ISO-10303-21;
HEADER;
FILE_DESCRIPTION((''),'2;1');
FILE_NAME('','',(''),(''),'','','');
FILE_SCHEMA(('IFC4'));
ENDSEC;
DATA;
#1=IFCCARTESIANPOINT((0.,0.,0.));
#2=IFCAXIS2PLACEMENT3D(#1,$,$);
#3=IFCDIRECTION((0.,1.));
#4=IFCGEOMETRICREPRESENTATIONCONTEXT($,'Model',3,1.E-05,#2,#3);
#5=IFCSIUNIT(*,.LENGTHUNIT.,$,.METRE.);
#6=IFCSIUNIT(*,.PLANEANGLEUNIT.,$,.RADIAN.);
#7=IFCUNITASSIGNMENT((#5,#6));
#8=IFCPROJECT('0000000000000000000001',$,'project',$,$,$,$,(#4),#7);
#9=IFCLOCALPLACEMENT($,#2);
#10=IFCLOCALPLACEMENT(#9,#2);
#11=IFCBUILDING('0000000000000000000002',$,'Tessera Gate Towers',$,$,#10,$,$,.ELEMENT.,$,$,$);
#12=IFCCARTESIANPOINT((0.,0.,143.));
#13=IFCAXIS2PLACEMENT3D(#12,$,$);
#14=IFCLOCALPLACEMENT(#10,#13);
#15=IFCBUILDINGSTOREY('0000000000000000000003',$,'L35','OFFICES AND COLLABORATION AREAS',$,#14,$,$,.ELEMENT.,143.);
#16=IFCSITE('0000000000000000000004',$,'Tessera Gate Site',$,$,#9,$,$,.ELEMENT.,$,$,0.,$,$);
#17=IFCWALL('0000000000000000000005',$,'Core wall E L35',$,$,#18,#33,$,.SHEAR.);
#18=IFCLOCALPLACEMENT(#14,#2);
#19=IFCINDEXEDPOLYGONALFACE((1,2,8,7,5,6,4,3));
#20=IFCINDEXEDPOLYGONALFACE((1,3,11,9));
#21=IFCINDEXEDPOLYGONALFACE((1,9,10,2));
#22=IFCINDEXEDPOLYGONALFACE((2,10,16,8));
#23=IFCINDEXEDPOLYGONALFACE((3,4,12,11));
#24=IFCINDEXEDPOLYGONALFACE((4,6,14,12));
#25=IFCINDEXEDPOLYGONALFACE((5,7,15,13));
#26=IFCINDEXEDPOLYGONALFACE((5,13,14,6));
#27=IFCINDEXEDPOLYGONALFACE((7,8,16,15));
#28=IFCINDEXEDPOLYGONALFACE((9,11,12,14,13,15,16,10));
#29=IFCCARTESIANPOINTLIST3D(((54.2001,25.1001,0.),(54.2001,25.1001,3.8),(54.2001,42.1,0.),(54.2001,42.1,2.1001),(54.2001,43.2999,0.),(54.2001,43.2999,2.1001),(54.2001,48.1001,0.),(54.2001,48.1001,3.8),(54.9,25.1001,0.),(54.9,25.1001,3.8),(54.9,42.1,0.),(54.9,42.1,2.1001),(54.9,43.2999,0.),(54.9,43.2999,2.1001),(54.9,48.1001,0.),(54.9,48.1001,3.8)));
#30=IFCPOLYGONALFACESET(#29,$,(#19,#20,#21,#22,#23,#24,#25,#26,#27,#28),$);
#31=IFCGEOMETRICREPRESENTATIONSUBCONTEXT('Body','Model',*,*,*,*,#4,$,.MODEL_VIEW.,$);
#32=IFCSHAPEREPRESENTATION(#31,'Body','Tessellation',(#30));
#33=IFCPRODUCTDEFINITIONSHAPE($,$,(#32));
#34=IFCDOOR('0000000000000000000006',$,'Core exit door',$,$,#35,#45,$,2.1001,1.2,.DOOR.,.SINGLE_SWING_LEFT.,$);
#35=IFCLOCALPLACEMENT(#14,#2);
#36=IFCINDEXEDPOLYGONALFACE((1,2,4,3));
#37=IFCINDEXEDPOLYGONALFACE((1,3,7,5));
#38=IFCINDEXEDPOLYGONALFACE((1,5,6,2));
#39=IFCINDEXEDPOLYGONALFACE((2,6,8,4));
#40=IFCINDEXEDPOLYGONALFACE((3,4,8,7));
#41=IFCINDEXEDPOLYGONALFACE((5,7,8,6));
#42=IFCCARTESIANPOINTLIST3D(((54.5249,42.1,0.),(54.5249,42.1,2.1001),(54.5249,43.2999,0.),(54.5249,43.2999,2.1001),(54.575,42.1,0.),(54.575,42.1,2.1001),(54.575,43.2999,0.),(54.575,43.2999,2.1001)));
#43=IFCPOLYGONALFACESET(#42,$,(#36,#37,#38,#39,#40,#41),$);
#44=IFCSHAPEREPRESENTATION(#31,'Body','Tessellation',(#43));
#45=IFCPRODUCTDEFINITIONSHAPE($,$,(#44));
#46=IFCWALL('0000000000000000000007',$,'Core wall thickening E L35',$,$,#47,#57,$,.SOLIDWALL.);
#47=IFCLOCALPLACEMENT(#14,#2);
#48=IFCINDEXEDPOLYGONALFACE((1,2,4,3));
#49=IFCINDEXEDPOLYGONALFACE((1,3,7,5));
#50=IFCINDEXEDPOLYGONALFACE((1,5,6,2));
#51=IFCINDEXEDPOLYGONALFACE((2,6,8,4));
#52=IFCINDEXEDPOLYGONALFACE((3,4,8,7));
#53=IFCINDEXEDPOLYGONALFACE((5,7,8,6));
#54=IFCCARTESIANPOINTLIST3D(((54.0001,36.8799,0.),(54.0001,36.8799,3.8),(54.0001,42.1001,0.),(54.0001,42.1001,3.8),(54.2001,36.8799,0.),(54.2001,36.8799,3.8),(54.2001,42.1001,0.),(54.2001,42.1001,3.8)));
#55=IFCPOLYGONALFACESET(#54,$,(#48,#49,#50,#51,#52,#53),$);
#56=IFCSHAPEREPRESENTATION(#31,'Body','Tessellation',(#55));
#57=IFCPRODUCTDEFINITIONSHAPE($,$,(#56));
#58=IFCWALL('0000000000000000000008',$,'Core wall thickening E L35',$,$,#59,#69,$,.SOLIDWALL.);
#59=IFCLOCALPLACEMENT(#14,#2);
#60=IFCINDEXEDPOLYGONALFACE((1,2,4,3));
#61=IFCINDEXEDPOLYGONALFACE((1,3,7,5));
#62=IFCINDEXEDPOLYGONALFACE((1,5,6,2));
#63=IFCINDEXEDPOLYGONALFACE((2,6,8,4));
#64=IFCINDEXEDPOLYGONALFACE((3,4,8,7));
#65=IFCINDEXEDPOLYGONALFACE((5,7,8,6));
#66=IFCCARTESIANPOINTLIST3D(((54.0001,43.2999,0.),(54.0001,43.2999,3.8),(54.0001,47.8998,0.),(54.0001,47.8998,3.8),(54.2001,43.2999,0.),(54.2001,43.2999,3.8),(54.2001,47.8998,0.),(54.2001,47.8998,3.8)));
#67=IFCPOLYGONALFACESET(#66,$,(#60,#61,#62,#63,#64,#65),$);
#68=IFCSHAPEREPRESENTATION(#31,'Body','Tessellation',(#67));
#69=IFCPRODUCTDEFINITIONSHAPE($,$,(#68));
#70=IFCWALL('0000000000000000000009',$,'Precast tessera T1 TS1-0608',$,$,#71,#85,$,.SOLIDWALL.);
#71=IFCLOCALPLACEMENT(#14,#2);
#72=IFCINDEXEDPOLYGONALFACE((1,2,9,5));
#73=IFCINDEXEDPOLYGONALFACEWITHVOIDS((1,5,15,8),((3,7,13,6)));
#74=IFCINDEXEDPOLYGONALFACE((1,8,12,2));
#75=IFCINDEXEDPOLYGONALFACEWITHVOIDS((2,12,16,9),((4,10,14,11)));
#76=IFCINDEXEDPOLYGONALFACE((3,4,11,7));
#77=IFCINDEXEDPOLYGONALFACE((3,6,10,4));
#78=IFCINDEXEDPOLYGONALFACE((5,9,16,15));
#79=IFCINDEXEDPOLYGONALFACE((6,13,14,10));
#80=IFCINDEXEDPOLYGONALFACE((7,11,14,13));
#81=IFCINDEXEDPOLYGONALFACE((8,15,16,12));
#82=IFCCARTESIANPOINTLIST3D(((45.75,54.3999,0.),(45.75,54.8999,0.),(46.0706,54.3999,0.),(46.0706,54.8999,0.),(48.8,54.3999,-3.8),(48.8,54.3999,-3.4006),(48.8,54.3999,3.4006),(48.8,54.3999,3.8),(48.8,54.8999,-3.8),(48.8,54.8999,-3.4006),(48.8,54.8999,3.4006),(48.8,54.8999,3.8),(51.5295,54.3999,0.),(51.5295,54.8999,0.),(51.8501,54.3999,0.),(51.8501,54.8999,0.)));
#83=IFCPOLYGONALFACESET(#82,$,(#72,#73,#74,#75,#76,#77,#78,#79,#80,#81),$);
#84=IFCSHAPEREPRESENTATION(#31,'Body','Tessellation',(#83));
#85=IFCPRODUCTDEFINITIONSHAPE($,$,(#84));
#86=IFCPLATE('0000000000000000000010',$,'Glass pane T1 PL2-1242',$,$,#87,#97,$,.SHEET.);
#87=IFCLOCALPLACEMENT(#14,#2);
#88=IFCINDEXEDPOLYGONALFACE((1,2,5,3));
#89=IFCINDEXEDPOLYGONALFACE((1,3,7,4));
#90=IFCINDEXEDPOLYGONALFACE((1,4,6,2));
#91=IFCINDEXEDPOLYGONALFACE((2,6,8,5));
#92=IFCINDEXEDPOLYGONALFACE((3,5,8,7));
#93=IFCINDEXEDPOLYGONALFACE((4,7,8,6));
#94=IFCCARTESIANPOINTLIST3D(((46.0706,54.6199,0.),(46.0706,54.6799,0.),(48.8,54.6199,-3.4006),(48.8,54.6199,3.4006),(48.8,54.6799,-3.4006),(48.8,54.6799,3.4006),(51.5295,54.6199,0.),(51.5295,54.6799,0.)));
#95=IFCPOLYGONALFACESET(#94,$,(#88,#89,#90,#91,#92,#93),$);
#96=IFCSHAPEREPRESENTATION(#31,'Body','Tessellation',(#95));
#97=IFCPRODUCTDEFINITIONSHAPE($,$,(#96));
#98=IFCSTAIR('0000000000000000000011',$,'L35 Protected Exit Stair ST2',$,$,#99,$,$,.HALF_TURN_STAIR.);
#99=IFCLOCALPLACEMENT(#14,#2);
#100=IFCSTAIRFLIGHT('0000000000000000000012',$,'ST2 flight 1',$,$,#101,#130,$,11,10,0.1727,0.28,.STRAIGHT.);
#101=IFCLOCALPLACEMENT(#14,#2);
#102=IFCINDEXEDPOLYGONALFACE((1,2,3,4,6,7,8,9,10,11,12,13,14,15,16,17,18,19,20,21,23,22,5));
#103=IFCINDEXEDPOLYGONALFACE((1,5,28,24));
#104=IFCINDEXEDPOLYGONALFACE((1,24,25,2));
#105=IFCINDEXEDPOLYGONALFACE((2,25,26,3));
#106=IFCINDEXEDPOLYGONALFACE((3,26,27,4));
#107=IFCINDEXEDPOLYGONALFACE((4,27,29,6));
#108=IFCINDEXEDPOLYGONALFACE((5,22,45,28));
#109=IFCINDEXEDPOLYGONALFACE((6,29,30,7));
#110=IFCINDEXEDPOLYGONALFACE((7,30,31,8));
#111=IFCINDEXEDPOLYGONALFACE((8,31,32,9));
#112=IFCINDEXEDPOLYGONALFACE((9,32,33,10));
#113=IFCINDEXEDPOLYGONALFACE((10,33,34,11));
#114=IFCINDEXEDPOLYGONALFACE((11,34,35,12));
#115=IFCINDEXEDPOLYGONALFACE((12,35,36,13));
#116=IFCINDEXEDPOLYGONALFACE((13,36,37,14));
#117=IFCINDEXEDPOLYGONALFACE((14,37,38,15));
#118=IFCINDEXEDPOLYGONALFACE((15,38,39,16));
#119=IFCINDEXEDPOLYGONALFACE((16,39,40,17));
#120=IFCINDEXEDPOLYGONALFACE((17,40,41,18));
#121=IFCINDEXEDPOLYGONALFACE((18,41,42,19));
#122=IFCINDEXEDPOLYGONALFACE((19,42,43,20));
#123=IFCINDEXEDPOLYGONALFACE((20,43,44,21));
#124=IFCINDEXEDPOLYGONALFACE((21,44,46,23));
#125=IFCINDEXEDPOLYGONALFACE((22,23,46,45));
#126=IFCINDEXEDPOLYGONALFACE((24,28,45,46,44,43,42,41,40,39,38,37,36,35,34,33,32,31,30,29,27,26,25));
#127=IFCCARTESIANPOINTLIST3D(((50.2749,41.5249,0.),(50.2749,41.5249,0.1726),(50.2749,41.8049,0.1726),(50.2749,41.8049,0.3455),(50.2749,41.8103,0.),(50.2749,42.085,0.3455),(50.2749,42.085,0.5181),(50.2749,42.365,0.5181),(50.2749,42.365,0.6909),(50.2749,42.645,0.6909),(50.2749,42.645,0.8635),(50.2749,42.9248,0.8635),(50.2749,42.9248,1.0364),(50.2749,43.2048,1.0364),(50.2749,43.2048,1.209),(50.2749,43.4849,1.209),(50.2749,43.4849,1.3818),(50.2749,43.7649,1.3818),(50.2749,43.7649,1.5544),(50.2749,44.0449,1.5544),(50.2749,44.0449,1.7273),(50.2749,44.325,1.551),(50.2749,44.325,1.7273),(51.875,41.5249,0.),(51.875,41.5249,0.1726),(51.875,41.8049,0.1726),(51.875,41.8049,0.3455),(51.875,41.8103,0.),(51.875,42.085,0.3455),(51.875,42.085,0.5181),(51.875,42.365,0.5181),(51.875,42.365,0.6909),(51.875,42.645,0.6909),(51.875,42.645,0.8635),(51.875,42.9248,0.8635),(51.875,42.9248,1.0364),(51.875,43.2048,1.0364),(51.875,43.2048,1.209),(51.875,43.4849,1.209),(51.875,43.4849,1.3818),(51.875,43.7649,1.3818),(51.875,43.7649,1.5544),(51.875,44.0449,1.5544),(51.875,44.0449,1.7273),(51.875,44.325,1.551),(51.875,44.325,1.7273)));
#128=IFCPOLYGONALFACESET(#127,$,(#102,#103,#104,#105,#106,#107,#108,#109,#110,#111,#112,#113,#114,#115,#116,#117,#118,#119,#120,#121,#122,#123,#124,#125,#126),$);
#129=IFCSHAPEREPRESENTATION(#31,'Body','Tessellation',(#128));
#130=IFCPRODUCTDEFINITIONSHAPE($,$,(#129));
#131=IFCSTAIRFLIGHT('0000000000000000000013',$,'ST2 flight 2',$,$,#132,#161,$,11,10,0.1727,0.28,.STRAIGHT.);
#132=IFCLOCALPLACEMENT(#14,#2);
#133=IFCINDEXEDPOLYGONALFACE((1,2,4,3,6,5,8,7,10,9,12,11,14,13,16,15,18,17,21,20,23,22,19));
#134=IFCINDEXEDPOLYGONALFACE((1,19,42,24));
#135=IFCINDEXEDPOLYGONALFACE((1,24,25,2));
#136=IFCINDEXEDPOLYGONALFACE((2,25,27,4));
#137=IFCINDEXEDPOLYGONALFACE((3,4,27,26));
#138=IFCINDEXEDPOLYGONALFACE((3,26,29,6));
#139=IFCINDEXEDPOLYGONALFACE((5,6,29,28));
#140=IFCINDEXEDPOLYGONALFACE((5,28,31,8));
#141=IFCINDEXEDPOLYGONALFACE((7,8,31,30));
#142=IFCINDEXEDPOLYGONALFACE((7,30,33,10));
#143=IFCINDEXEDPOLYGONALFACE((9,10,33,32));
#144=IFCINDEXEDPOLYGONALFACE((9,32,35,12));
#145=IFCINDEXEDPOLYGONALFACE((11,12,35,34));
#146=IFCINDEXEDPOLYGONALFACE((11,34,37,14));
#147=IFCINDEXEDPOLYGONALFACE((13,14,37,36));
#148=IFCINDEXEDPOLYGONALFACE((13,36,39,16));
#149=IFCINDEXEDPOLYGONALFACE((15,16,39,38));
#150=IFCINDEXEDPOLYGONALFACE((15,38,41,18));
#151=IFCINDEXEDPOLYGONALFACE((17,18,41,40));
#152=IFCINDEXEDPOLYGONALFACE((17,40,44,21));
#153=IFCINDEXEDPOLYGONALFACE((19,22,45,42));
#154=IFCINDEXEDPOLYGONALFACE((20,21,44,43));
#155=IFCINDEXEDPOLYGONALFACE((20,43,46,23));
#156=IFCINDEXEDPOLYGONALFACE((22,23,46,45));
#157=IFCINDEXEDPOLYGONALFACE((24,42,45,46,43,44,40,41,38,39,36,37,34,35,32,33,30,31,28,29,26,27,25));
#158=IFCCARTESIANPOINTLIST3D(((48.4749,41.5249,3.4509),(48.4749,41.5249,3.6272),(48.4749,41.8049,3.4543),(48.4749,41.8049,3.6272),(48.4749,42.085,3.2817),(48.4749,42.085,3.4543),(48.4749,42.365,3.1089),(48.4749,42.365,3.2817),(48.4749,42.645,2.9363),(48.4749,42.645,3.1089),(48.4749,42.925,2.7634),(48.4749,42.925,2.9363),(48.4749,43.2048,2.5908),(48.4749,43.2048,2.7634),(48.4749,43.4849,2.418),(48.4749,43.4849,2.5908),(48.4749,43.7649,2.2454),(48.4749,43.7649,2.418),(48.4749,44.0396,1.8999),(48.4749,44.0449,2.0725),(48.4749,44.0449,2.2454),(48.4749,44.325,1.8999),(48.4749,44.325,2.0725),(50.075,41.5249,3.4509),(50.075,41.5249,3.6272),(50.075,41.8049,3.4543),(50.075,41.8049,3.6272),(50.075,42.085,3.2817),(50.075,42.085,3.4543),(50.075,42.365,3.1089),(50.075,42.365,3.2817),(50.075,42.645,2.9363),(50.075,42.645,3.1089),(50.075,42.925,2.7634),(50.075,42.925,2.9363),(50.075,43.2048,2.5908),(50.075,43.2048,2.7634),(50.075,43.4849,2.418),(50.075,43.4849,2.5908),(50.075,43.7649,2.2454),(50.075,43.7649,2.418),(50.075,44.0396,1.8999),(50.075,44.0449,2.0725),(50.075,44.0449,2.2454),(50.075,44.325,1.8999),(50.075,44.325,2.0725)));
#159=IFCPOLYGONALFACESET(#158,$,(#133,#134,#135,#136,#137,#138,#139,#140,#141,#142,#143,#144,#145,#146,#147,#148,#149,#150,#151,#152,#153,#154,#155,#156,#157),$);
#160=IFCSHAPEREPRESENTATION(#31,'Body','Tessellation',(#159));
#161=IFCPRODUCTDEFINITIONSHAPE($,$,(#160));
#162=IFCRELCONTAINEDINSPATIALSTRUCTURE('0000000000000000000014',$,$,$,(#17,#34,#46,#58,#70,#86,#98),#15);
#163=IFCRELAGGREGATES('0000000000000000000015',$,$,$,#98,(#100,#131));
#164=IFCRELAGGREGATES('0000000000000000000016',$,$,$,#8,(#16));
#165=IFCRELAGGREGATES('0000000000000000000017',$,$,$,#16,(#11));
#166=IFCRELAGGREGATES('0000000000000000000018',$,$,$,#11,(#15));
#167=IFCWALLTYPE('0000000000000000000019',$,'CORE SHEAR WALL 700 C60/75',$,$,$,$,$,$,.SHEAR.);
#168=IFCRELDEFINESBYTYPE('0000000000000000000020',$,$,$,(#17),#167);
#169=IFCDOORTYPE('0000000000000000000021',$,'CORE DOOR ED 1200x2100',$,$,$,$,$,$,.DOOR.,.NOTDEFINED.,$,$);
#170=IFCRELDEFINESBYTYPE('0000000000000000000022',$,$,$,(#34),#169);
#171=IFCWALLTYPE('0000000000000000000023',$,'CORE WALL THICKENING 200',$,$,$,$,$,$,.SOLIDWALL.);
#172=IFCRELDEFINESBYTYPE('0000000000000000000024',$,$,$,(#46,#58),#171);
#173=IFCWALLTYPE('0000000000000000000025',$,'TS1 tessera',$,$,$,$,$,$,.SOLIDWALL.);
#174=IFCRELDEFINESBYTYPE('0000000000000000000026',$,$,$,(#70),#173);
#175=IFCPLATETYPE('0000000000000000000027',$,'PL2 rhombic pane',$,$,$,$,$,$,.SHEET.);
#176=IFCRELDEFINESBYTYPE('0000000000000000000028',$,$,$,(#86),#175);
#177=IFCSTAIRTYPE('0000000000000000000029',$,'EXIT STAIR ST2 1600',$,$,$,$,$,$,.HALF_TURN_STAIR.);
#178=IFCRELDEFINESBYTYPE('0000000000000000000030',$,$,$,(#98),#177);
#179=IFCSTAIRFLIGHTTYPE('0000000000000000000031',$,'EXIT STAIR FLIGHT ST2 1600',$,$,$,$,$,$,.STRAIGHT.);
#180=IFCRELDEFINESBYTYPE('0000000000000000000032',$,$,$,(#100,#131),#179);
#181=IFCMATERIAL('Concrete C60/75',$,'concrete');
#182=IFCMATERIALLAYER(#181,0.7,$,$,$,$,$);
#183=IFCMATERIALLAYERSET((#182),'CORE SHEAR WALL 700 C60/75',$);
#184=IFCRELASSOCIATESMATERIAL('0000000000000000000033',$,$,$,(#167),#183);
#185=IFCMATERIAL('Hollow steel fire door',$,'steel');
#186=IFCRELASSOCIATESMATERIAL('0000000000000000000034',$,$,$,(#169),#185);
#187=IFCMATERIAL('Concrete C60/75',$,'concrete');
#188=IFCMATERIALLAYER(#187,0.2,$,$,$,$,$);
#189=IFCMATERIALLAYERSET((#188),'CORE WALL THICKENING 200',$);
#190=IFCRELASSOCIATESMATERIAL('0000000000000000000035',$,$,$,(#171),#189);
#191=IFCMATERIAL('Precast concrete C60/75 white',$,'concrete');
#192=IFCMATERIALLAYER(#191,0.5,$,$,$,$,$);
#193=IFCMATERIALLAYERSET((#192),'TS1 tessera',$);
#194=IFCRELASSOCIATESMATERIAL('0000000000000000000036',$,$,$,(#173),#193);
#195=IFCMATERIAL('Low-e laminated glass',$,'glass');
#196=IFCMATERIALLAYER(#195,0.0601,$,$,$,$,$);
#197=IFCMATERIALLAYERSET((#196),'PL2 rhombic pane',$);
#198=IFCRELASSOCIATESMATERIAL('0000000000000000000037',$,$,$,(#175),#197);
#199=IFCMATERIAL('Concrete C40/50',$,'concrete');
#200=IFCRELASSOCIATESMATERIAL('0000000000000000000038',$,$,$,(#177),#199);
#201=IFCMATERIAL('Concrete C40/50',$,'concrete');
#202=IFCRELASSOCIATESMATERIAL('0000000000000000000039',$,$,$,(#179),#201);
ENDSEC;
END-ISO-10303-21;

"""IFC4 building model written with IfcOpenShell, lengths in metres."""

from ifc_helpers import new_model, si_unit, direction, frame, frame_2d, origin, place, context, subcontext, project, spatial, polyline, rectangle, outline, extrude, source, transform, mapped, material, layer, layer_set, type_object, element, fill, aggregate, save


model = new_model("IFC4")

# Units and contexts
model_context = context("Model", 3, precision=1e-05, world=origin(), true_north=direction((0.0, 1.0)))
body_context = subcontext(model_context, "Body", "Model", "MODEL_VIEW")
ifc_project = project(units=[si_unit("LENGTHUNIT", "METRE"), si_unit("PLANEANGLEUNIT", "RADIAN")], contexts=[model_context])

# Site, building, storey
site_placement = place(None, origin())
site = spatial("IfcSite", under=ifc_project, at=site_placement, Name="Tessera Gate Site", CompositionType="ELEMENT", RefElevation=0.0)
building_placement = place(site_placement, origin())
building = spatial("IfcBuilding", under=site, at=building_placement, Name="Tessera Gate Towers", CompositionType="ELEMENT")
storey_placement = place(building_placement, frame((0.0, 0.0, 143.0)))
storey = spatial("IfcBuildingStorey", under=building, at=storey_placement, Name="L35", Description="OFFICES AND COLLABORATION AREAS", CompositionType="ELEMENT", Elevation=143.0)

# Shared definitions
shared_shape_1 = source(origin(), body_context, "Body", "SweptSolid", [
    extrude(rectangle(XDim=1.2, YDim=2.1001, at=frame_2d((0.6001, 1.05))), frame((0.0, 0.0249, 0.0), z_axis=(0.0, -1.0, 0.0), x_axis=(1.0, 0.0, 0.0)), (0.0, 0.0, 1.0), 0.05),
])

# Wall, opening, door
ifc_material_1 = material(Name="Concrete C60/75", Category="concrete")
ifc_layer_1 = layer(ifc_material_1, 0.7)
ifc_layer_set_1 = layer_set([ifc_layer_1], Name="CORE SHEAR WALL 700 C60/75")
wall_type_1 = type_object("IfcWallType", Name="CORE SHEAR WALL 700 C60/75", PredefinedType="SHEAR", material=ifc_layer_set_1)
wall_1_placement = place(storey_placement, frame((54.55, 48.1001, 0.0), z_axis=(0.0, 0.0, 1.0), x_axis=(0.0, -1.0, 0.0)))
wall_1 = element("IfcWall", 1, at=wall_1_placement, inside=storey, type_object=wall_type_1, Name="Core wall E L35", PredefinedType="SHEAR", context=body_context, shape_type="SweptSolid", body=[
    extrude(rectangle(XDim=23.0, YDim=0.7, at=frame_2d((11.5, 0.0))), origin(), (0.0, 0.0, 1.0), 3.8),
])
shared_shape_2 = source(origin(), body_context, "Body", "SweptSolid", [
    extrude(rectangle(XDim=1.2, YDim=2.1001, at=frame_2d((0.6001, 1.05))), frame((0.0, 0.3599, 0.0), z_axis=(0.0, -1.0, 0.0), x_axis=(1.0, 0.0, 0.0)), (0.0, 0.0, 1.0), 0.72),
])
opening_1_placement = place(wall_1_placement, frame((4.8, 0.0, 0.0)))
opening_1 = element("IfcOpeningElement", 2, at=opening_1_placement, cuts=wall_1, PredefinedType="OPENING", context=body_context, shape_type="MappedRepresentation", body=[
    mapped(shared_shape_2, transform((0.0, 0.0, 0.0), scale=1.0)),
])
ifc_material_2 = material(Name="Hollow steel fire door", Category="steel")
door_type_1 = type_object("IfcDoorType", Name="CORE DOOR ED 1200x2100", OperationType="NOTDEFINED", PredefinedType="DOOR", material=ifc_material_2)
door_1_placement = place(opening_1_placement, origin())
door_1 = element("IfcDoor", 3, at=door_1_placement, inside=storey, type_object=door_type_1, Name="Core exit door", OperationType="SINGLE_SWING_LEFT", OverallHeight=2.1001, OverallWidth=1.2, PredefinedType="DOOR", context=body_context, shape_type="MappedRepresentation", body=[
    mapped(shared_shape_1, transform((0.0, 0.0, 0.0), scale=1.0)),
])
fill(opening_1, door_1)

# Walls
ifc_material_3 = material(Name="Concrete C60/75", Category="concrete")
ifc_layer_2 = layer(ifc_material_3, 0.2)
ifc_layer_set_2 = layer_set([ifc_layer_2], Name="CORE WALL THICKENING 200")
wall_type_2 = type_object("IfcWallType", Name="CORE WALL THICKENING 200", PredefinedType="SOLIDWALL", material=ifc_layer_set_2)
wall_2_placement = place(storey_placement, frame((54.1001, 36.8799, 0.0), z_axis=(0.0, 0.0, 1.0), x_axis=(0.0, 1.0, 0.0)))
element("IfcWall", 4, at=wall_2_placement, inside=storey, type_object=wall_type_2, Name="Core wall thickening E L35", PredefinedType="SOLIDWALL", context=body_context, shape_type="SweptSolid", body=[
    extrude(rectangle(XDim=5.2202, YDim=0.2, at=frame_2d((2.6101, 0.0))), origin(), (0.0, 0.0, 1.0), 3.8),
])
wall_3_placement = place(storey_placement, frame((54.1001, 43.3, 0.0), z_axis=(0.0, 0.0, 1.0), x_axis=(0.0, 1.0, 0.0)))
element("IfcWall", 5, at=wall_3_placement, inside=storey, type_object=wall_type_2, Name="Core wall thickening E L35", PredefinedType="SOLIDWALL", context=body_context, shape_type="SweptSolid", body=[
    extrude(rectangle(XDim=4.5999, YDim=0.2, at=frame_2d((2.2998, 0.0))), origin(), (0.0, 0.0, 1.0), 3.8),
])

# Wall, opening, plate
ifc_material_4 = material(Name="Precast concrete C60/75 white", Category="concrete")
ifc_layer_3 = layer(ifc_material_4, 0.5)
ifc_layer_set_3 = layer_set([ifc_layer_3], Name="TS1 tessera")
wall_type_3 = type_object("IfcWallType", Name="TS1 tessera", PredefinedType="SOLIDWALL", material=ifc_layer_set_3)
shared_shape_3 = source(origin(), body_context, "Body", "SweptSolid", [
    extrude(outline(polyline([(3.05, 0.0), (6.1001, 3.8), (3.05, 7.6001), (0.0, 3.8), (3.05, 0.0)])), frame((0.0, 0.25, 0.0), z_axis=(0.0, -1.0, 0.0), x_axis=(1.0, 0.0, 0.0)), (0.0, 0.0, 1.0), 0.5),
])
wall_4_placement = place(storey_placement, frame((51.8501, 54.6499, -3.8), z_axis=(0.0, 0.0, 1.0), x_axis=(-1.0, 0.0, 0.0)))
wall_4 = element("IfcWall", 6, at=wall_4_placement, inside=storey, type_object=wall_type_3, Name="Precast tessera T1 TS1-0608", PredefinedType="SOLIDWALL", context=body_context, shape_type="MappedRepresentation", body=[
    mapped(shared_shape_3, transform((0.0, 0.0, 0.0), scale=1.0)),
])
shared_shape_4 = source(origin(), body_context, "Body", "SweptSolid", [
    extrude(outline(polyline([(3.05, 0.3994), (5.7795, 3.8), (3.05, 7.2007), (0.3206, 3.8), (3.05, 0.3994)])), frame((0.0, 0.26, 0.0), z_axis=(0.0, -1.0, 0.0), x_axis=(1.0, 0.0, 0.0)), (0.0, 0.0, 1.0), 0.52),
])
opening_2_placement = place(wall_4_placement, origin())
opening_2 = element("IfcOpeningElement", 7, at=opening_2_placement, cuts=wall_4, PredefinedType="OPENING", context=body_context, shape_type="MappedRepresentation", body=[
    mapped(shared_shape_4, transform((0.0, 0.0, 0.0), scale=1.0)),
])
ifc_material_5 = material(Name="Low-e laminated glass", Category="glass")
ifc_layer_4 = layer(ifc_material_5, 0.0601)
ifc_layer_set_4 = layer_set([ifc_layer_4], Name="PL2 rhombic pane")
plate_type = type_object("IfcPlateType", Name="PL2 rhombic pane", PredefinedType="SHEET", material=ifc_layer_set_4)
shared_shape_5 = source(origin(), body_context, "Body", "SweptSolid", [
    extrude(outline(polyline([(3.05, 0.3994), (5.7795, 3.8), (3.05, 7.2007), (0.3206, 3.8), (3.05, 0.3994)])), frame((0.0, 0.03, 0.0), z_axis=(0.0, -1.0, 0.0), x_axis=(1.0, 0.0, 0.0)), (0.0, 0.0, 1.0), 0.0601),
])
plate_placement = place(opening_2_placement, origin())
plate = element("IfcPlate", 8, at=plate_placement, inside=storey, type_object=plate_type, Name="Glass pane T1 PL2-1242", PredefinedType="SHEET", context=body_context, shape_type="MappedRepresentation", body=[
    mapped(shared_shape_5, transform((0.0, 0.0, 0.0), scale=1.0)),
])
fill(opening_2, plate)

# Stair, stair flights
ifc_material_6 = material(Name="Concrete C40/50", Category="concrete")
stair_type = type_object("IfcStairType", Name="EXIT STAIR ST2 1600", PredefinedType="HALF_TURN_STAIR", material=ifc_material_6)
stair_placement = place(storey_placement, origin())
stair = element("IfcStair", 9, at=stair_placement, inside=storey, type_object=stair_type, Name="L35 Protected Exit Stair ST2", PredefinedType="HALF_TURN_STAIR")
ifc_material_7 = material(Name="Concrete C40/50", Category="concrete")
stair_flight_type = type_object("IfcStairFlightType", Name="EXIT STAIR FLIGHT ST2 1600", PredefinedType="STRAIGHT", material=ifc_material_7)
stair_flight_1_placement = place(storey_placement, frame((51.075, 41.5249, 0.0), z_axis=(0.0, 0.0, 1.0), x_axis=(0.0, 1.0, 0.0)))
stair_flight_1 = element("IfcStairFlight", 10, at=stair_flight_1_placement, type_object=stair_flight_type, Name="ST2 flight 1", NumberOfRisers=11, NumberOfTreads=10, PredefinedType="STRAIGHT", RiserHeight=0.1727, TreadLength=0.28, context=body_context, shape_type="SweptSolid", body=[
    extrude(outline(polyline([(0.0, 0.0), (0.0, 0.1726), (0.28, 0.1726), (0.28, 0.3455), (0.5601, 0.3455), (0.5601, 0.5181), (0.8401, 0.5181), (0.8401, 0.6909), (1.1201, 0.6909), (1.1201, 0.8635), (1.3999, 0.8635), (1.3999, 1.0364), (1.6799, 1.0364), (1.6799, 1.209), (1.96, 1.209), (1.96, 1.3818), (2.24, 1.3818), (2.24, 1.5544), (2.52, 1.5544), (2.52, 1.7273), (2.8, 1.7273), (2.8, 1.8999), (2.8, 1.551), (0.2854, 0.0), (0.0, 0.0)])), frame((0.0, 0.8, 0.0), z_axis=(0.0, -1.0, 0.0), x_axis=(1.0, 0.0, 0.0)), (0.0, 0.0, 1.0), 1.6001),
])
stair_flight_2_placement = place(storey_placement, frame((49.2749, 44.325, 1.8999), z_axis=(0.0, 0.0, 1.0), x_axis=(0.0, -1.0, 0.0)))
stair_flight_2 = element("IfcStairFlight", 11, at=stair_flight_2_placement, type_object=stair_flight_type, Name="ST2 flight 2", NumberOfRisers=11, NumberOfTreads=10, PredefinedType="STRAIGHT", RiserHeight=0.1727, TreadLength=0.28, context=body_context, shape_type="SweptSolid", body=[
    extrude(outline(polyline([(0.0, 0.0), (0.0, 0.1726), (0.28, 0.1726), (0.28, 0.3455), (0.5601, 0.3455), (0.5601, 0.5181), (0.8401, 0.5181), (0.8401, 0.6909), (1.1201, 0.6909), (1.1201, 0.8635), (1.3999, 0.8635), (1.3999, 1.0364), (1.6799, 1.0364), (1.6799, 1.209), (1.96, 1.209), (1.96, 1.3818), (2.24, 1.3818), (2.24, 1.5544), (2.52, 1.5544), (2.52, 1.7273), (2.8, 1.7273), (2.8, 1.8999), (2.8, 1.551), (0.2854, 0.0), (0.0, 0.0)])), frame((0.0, 0.8, 0.0), z_axis=(0.0, -1.0, 0.0), x_axis=(1.0, 0.0, 0.0)), (0.0, 0.0, 1.0), 1.6001),
])
aggregate(stair, [stair_flight_1, stair_flight_2])

save(model, "model.ifc")
